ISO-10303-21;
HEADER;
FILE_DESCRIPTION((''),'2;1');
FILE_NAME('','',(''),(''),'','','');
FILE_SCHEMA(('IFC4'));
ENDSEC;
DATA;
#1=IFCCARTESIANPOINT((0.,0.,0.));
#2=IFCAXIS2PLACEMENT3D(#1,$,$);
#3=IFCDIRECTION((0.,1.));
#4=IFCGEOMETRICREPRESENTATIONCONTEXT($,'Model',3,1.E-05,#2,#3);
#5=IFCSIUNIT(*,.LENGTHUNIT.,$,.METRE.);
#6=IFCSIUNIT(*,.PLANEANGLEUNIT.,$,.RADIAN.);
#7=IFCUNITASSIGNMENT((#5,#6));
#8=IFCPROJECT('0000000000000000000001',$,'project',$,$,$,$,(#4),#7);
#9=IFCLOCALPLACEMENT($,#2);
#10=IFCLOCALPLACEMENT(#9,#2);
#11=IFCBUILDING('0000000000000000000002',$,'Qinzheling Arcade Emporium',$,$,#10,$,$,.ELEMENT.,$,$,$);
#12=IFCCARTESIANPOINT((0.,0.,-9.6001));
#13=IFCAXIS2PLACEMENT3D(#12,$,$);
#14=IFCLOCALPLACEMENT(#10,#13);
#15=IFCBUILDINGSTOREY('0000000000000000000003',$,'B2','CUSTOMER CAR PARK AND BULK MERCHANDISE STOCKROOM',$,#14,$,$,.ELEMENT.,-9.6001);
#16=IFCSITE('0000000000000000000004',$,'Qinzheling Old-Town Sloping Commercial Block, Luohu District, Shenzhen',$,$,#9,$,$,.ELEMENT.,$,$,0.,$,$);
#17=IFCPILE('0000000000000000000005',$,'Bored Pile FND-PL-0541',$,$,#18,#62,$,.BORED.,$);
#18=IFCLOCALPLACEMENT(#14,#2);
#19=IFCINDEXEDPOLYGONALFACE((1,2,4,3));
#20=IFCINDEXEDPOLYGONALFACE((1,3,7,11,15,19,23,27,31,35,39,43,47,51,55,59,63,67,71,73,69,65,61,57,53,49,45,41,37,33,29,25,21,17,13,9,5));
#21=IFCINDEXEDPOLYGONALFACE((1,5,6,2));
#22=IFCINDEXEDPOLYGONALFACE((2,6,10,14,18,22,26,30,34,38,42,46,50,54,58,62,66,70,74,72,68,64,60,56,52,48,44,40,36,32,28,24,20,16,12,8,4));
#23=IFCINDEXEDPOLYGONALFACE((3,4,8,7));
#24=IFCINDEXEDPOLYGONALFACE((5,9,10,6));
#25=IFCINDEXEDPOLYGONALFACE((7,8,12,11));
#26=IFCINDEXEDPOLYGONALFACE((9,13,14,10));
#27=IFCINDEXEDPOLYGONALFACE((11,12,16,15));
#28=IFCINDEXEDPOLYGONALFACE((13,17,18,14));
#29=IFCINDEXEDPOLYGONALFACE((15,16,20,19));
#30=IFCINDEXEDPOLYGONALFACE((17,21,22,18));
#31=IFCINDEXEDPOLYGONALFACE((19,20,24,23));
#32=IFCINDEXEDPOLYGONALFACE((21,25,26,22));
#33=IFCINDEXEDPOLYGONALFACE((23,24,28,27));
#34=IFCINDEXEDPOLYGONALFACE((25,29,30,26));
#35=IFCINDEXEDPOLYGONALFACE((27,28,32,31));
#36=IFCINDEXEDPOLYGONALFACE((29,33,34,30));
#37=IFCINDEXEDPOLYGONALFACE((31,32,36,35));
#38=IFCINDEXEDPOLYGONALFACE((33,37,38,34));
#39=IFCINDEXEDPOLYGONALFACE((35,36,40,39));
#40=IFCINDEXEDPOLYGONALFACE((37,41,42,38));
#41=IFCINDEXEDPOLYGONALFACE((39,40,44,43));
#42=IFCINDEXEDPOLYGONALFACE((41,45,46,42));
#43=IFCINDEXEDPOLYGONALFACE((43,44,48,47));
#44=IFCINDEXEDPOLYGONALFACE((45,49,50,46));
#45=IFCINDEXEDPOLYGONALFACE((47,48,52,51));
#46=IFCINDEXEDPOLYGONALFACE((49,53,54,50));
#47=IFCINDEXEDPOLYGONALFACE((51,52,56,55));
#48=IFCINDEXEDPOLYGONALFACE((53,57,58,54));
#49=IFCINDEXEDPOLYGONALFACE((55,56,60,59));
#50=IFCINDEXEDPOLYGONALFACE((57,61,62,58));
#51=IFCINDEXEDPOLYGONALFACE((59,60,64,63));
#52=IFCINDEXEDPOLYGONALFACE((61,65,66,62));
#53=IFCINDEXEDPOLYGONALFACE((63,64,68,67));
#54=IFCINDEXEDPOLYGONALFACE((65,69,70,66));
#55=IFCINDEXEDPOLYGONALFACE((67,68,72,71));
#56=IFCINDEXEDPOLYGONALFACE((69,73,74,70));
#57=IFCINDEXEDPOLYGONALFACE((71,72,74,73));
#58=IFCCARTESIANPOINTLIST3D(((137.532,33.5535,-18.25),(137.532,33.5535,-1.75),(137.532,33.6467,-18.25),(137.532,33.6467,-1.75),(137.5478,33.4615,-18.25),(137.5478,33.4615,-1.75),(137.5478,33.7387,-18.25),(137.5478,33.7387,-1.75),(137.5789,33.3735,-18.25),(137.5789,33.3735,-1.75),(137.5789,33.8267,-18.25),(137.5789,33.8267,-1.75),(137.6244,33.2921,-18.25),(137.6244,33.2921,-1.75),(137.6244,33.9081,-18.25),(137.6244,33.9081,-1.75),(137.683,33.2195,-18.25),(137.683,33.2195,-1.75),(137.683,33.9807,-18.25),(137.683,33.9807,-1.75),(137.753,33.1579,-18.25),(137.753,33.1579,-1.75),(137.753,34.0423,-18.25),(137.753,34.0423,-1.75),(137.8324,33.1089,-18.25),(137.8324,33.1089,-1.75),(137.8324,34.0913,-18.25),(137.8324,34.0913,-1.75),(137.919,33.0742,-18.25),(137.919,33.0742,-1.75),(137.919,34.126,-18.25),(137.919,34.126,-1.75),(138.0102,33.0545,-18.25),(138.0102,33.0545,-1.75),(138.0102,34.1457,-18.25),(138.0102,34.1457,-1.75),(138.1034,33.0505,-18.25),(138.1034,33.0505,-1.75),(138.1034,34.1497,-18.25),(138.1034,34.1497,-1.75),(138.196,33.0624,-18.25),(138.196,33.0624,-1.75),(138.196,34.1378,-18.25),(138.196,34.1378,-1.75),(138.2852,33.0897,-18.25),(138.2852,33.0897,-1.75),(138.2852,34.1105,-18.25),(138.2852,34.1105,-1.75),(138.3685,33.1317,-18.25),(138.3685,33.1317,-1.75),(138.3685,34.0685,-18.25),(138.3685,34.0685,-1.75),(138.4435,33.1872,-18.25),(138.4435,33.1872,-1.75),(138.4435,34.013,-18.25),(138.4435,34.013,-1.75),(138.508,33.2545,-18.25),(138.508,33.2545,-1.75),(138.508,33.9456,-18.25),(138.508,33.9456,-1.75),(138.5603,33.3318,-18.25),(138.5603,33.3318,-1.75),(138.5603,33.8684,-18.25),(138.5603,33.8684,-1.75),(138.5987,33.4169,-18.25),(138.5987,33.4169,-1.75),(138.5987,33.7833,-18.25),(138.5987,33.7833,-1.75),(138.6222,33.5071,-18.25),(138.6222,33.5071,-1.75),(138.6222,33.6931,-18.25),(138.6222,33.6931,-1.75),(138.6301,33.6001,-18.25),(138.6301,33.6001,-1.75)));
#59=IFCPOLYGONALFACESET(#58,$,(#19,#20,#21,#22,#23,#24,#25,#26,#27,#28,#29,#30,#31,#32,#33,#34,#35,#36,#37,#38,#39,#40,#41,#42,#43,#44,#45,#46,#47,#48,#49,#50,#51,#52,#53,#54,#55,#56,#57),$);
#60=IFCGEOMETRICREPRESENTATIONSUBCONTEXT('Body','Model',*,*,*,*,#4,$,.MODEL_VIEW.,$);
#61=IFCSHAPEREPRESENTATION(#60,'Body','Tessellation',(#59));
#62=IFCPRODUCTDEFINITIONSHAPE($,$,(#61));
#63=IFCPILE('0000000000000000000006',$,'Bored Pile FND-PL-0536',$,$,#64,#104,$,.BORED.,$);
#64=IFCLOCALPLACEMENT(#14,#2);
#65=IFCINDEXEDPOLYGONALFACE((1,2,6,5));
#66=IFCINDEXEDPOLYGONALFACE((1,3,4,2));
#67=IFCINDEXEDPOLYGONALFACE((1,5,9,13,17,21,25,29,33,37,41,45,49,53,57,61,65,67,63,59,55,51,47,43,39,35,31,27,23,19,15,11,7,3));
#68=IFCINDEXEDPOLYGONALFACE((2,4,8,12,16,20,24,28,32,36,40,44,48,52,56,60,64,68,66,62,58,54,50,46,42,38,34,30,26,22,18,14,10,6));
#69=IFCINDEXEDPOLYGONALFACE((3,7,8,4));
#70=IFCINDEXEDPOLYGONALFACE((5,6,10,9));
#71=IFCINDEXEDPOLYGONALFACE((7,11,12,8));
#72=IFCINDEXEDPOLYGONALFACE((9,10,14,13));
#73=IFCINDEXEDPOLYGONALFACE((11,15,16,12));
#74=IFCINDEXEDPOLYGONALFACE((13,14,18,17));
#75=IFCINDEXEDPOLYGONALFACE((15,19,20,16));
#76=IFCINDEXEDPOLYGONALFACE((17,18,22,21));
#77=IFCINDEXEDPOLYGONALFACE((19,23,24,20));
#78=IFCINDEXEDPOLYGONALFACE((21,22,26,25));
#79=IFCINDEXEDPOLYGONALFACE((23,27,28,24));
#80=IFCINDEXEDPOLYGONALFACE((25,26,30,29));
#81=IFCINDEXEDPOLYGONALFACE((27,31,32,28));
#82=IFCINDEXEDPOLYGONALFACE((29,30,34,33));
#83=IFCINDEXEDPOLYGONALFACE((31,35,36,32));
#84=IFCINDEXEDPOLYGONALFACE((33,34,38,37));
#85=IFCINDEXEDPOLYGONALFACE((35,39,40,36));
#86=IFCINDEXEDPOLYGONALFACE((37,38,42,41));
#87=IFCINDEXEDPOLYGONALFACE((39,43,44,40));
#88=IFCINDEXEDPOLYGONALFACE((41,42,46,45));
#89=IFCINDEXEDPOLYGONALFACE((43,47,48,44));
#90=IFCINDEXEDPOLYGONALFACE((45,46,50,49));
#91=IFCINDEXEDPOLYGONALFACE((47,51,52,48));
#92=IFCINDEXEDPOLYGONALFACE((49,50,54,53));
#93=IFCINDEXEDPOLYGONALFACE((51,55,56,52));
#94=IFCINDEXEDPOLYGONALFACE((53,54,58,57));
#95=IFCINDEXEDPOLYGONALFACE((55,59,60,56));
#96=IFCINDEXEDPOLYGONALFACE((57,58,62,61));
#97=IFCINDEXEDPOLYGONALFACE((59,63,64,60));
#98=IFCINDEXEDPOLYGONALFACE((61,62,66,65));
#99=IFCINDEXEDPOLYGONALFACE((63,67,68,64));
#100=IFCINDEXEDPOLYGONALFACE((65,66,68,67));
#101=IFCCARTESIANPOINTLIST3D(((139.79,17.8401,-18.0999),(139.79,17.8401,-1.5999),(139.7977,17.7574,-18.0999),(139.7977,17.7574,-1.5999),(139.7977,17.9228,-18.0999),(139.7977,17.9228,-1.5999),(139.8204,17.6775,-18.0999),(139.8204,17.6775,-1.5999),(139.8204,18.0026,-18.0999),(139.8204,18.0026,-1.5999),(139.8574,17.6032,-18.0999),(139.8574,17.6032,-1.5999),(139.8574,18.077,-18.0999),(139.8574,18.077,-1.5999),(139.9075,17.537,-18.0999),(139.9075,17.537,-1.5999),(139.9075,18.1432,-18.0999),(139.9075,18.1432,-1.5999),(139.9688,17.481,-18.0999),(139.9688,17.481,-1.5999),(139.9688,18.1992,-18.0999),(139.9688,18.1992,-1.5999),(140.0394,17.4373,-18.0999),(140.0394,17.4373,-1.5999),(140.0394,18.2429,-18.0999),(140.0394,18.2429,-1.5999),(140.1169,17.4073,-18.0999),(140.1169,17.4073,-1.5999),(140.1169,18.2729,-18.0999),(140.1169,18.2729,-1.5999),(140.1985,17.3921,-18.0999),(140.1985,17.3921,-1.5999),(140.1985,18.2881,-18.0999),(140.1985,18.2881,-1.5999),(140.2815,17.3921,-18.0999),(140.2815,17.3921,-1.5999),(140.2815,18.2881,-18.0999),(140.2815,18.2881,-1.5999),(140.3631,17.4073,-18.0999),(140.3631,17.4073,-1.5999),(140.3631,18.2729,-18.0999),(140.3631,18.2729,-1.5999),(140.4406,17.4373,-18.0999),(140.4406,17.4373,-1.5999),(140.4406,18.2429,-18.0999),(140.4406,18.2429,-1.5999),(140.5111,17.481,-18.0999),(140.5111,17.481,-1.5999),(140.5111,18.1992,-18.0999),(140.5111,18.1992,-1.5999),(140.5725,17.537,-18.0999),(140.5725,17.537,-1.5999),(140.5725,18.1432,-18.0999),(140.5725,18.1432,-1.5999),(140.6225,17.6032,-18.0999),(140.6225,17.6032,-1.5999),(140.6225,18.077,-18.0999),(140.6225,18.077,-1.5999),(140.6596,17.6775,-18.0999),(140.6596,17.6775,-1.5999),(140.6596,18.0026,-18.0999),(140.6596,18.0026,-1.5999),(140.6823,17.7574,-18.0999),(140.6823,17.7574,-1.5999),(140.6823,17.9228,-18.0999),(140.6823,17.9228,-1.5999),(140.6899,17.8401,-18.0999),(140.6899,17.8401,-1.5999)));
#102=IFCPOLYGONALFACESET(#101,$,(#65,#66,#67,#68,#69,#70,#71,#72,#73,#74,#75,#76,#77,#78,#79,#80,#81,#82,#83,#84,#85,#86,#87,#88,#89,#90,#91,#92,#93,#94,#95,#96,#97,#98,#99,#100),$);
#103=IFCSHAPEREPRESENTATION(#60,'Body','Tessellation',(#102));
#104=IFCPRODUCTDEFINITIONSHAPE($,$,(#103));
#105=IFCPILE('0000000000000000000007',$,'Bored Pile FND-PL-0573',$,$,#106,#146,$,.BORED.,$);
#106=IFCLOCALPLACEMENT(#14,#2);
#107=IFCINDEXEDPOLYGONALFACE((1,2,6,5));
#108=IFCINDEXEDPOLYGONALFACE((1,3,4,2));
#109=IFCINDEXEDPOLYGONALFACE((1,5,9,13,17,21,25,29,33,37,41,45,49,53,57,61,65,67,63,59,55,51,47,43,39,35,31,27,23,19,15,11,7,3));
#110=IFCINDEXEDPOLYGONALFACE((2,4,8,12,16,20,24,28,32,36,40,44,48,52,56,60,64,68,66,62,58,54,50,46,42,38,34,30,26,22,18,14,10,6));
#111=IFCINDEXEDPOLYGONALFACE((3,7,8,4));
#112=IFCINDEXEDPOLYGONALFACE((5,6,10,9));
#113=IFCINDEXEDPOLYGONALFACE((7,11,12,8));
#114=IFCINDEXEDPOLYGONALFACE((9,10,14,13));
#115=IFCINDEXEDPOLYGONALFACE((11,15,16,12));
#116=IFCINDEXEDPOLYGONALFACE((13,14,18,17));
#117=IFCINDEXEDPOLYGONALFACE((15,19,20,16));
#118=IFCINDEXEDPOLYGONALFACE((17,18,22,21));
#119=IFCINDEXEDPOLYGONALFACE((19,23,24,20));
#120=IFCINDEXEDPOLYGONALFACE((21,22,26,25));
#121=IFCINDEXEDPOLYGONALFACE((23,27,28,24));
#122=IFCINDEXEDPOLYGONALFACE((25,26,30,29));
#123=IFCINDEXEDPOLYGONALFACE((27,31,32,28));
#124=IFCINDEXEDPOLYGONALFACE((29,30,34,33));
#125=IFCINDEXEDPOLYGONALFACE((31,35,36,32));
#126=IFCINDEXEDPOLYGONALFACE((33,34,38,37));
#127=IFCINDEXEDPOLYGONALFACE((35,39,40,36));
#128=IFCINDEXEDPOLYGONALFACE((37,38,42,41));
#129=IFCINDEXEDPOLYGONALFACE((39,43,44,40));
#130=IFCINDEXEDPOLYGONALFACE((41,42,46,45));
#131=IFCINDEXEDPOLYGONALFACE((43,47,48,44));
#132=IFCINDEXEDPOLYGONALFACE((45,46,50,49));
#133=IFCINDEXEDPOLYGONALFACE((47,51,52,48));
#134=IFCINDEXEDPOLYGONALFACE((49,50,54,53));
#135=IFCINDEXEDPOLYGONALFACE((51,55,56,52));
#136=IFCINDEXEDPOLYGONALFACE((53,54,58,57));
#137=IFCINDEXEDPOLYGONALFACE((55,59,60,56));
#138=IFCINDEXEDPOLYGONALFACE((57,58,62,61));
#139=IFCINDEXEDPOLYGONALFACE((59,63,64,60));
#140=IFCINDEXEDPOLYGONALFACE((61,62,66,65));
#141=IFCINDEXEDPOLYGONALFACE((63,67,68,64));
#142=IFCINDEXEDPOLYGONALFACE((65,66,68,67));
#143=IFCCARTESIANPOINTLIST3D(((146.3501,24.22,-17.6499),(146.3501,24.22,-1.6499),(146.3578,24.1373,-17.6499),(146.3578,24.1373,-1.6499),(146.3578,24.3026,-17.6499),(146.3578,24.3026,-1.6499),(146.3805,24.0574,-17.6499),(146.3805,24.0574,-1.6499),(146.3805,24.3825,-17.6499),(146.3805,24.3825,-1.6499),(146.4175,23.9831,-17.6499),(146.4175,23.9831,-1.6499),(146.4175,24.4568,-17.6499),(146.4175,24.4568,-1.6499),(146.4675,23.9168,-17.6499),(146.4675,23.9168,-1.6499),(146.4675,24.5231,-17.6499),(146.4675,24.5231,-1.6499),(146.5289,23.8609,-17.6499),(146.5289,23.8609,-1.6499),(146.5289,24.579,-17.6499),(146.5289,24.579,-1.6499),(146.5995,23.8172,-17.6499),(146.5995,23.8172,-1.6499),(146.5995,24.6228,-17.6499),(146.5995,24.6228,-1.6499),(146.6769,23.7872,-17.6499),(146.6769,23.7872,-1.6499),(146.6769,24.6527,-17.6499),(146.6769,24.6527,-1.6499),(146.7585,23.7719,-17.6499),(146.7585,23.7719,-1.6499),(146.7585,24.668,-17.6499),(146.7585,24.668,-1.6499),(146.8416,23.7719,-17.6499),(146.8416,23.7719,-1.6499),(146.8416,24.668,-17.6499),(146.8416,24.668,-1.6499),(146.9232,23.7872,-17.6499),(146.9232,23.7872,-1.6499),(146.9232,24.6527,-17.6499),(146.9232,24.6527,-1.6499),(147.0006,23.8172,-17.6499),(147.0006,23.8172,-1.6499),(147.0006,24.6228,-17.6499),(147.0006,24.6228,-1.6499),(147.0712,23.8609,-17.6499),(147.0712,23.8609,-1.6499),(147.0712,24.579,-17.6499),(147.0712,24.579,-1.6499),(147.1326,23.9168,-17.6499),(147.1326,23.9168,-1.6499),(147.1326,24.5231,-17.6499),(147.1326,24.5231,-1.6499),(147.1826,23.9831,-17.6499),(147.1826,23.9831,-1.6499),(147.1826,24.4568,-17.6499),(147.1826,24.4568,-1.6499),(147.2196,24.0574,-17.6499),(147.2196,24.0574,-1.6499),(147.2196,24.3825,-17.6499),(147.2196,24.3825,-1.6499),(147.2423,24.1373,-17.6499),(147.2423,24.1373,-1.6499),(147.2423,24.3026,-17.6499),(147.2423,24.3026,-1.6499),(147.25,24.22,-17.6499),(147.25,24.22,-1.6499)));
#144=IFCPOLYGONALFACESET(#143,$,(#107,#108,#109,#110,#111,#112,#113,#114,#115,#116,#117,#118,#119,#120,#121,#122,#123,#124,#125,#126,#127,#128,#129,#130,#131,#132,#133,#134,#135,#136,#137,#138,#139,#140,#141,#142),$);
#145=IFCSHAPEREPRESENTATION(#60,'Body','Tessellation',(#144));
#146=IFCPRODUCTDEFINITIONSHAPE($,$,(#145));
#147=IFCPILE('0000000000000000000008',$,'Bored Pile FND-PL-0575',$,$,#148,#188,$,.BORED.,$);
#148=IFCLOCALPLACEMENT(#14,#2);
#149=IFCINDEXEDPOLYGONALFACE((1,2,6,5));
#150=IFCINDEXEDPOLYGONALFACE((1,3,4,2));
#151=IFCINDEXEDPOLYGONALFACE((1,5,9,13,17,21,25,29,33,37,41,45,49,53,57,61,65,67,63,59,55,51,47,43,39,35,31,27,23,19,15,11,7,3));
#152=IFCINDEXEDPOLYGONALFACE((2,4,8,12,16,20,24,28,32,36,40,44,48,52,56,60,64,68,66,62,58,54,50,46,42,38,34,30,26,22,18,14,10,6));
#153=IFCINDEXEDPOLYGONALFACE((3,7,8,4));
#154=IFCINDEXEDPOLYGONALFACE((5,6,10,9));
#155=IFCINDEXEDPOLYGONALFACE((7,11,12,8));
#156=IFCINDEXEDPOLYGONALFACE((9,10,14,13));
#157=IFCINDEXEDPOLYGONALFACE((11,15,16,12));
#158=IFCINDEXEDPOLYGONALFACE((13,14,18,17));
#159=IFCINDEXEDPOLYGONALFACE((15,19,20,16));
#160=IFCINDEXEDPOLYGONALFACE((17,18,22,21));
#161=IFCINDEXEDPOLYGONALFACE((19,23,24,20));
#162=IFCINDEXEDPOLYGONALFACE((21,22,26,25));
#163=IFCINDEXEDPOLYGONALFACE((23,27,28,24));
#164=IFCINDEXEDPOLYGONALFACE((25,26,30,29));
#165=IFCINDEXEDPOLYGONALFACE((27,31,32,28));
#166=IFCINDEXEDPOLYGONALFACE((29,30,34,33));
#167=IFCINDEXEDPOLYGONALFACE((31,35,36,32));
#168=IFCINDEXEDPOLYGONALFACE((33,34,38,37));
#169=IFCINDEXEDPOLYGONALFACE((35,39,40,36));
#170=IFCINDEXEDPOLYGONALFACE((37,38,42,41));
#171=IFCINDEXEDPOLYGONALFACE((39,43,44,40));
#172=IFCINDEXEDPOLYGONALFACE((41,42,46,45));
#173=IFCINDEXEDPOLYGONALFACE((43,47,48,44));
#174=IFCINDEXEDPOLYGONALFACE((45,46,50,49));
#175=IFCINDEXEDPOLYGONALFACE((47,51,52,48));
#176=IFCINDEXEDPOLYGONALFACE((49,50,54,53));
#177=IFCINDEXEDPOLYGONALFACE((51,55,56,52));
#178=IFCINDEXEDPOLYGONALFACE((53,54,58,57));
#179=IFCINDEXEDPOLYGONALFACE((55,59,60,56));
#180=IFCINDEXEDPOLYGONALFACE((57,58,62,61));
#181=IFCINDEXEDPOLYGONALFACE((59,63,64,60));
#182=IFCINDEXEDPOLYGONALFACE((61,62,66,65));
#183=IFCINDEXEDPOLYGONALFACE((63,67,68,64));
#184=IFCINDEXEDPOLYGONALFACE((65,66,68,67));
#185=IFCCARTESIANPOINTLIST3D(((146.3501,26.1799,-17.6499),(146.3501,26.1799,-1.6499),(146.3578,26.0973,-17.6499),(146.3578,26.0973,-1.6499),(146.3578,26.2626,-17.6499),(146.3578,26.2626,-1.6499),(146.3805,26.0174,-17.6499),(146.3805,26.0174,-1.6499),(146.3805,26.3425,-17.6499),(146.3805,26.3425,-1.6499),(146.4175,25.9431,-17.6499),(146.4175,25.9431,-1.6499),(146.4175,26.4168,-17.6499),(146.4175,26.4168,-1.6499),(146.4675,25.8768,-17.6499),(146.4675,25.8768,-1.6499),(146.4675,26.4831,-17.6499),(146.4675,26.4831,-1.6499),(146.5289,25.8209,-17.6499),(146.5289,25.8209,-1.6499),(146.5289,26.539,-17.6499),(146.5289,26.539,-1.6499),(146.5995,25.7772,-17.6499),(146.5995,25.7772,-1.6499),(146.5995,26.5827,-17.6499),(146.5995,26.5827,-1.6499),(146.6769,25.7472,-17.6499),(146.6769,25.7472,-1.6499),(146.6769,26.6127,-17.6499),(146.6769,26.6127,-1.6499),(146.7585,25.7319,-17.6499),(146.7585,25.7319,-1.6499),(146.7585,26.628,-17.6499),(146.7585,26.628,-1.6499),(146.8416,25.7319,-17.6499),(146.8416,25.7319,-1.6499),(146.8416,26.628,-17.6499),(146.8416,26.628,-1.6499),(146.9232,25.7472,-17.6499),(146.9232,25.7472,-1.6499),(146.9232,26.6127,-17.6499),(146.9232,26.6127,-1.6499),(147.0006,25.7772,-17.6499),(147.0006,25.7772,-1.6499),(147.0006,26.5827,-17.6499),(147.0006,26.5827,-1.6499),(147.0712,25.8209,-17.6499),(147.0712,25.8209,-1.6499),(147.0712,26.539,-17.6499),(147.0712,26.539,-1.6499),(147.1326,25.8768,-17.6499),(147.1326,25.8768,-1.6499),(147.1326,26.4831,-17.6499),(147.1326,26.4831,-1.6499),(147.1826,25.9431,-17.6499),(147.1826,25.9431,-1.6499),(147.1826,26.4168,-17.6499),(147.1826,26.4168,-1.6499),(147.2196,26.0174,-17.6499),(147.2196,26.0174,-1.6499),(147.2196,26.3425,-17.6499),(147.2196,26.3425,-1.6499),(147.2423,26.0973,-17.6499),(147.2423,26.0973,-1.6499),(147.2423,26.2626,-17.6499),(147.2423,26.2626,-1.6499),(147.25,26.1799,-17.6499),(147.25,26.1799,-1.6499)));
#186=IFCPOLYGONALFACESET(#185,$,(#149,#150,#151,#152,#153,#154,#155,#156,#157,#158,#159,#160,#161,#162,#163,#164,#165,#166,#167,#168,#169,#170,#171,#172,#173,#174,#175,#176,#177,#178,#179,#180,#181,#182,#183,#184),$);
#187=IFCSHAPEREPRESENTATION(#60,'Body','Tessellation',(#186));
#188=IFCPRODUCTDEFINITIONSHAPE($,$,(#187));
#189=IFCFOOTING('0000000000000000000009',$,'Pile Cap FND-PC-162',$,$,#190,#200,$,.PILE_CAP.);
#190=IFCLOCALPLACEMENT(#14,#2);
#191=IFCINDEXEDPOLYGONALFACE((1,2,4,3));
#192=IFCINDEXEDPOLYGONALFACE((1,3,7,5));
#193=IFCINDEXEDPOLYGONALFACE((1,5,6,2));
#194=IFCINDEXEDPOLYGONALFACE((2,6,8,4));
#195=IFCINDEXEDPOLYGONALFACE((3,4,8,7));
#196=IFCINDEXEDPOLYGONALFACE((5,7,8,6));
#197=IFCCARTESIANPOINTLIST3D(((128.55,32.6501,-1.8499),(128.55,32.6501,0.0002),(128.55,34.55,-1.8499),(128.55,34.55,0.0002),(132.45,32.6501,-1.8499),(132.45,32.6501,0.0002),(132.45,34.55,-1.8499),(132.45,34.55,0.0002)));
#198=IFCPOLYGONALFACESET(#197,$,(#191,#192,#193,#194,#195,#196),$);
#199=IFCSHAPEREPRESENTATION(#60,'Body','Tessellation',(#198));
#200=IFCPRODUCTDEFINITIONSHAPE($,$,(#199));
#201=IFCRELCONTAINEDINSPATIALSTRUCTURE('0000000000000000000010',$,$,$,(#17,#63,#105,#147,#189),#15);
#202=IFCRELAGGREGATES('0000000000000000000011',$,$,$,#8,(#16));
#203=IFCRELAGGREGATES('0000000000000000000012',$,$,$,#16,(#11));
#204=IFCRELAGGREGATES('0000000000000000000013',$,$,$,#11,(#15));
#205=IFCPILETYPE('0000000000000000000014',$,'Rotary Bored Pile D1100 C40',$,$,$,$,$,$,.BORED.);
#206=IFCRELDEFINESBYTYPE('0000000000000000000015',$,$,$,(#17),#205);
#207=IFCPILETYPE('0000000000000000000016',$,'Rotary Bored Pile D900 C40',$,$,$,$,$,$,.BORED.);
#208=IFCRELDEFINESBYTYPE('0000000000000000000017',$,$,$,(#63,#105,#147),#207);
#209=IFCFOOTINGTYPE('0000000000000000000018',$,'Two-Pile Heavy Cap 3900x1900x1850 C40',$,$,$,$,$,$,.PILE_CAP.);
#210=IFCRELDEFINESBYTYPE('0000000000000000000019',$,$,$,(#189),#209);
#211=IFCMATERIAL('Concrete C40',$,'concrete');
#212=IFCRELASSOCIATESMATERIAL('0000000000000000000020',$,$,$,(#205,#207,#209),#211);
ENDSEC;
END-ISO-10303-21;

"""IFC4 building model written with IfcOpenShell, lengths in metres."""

from ifc_helpers import new_model, si_unit, direction, frame, origin, origin_2d, place, context, subcontext, project, spatial, rectangle, circle, extrude, material, material_profile, profile_set, type_object, element, save


model = new_model("IFC4")

# Units and contexts
model_context = context("Model", 3, precision=1e-05, world=origin(), true_north=direction((0.0, 1.0)))
body_context = subcontext(model_context, "Body", "Model", "MODEL_VIEW")
ifc_project = project(units=[si_unit("LENGTHUNIT", "METRE"), si_unit("PLANEANGLEUNIT", "RADIAN")], contexts=[model_context])

# Site, building, storey
site_placement = place(None, origin())
site = spatial("IfcSite", under=ifc_project, at=site_placement, Name="Qinzheling Old-Town Sloping Commercial Block, Luohu District, Shenzhen", CompositionType="ELEMENT", RefElevation=0.0)
building_placement = place(site_placement, origin())
building = spatial("IfcBuilding", under=site, at=building_placement, Name="Qinzheling Arcade Emporium", CompositionType="ELEMENT")
storey_placement = place(building_placement, frame((0.0, 0.0, -9.6001)))
storey = spatial("IfcBuildingStorey", under=building, at=storey_placement, Name="B2", Description="CUSTOMER CAR PARK AND BULK MERCHANDISE STOCKROOM", CompositionType="ELEMENT", Elevation=-9.6001)

# Shared definitions
ifc_material_1 = material(Name="Concrete C40", Category="concrete")

# Piles
ifc_material_profile_1 = material_profile(ifc_material_1, circle(Radius=0.55, at=origin_2d()), Name="BORED D1100", Category="concrete")
ifc_profile_set_1 = profile_set([ifc_material_profile_1], Name="Concrete C40")
pile_type_1 = type_object("IfcPileType", Name="Rotary Bored Pile D1100 C40", PredefinedType="BORED", material=ifc_profile_set_1)
pile_1_placement = place(storey_placement, frame((138.0801, 33.6001, -1.75), z_axis=(0.0, 0.0, -1.0), x_axis=(1.0, 0.0, 0.0)))
element("IfcPile", 1, at=pile_1_placement, inside=storey, type_object=pile_type_1, Name="Bored Pile FND-PL-0541", PredefinedType="BORED", context=body_context, shape_type="SweptSolid", body=[
    extrude(circle(Radius=0.55, at=origin_2d()), origin(), (0.0, 0.0, 1.0), 16.5),
])
ifc_material_profile_2 = material_profile(ifc_material_1, circle(Radius=0.45, at=origin_2d()), Name="BORED D900", Category="concrete")
ifc_profile_set_2 = profile_set([ifc_material_profile_2], Name="Concrete C40")
pile_type_2 = type_object("IfcPileType", Name="Rotary Bored Pile D900 C40", PredefinedType="BORED", material=ifc_profile_set_2)
pile_2_placement = place(storey_placement, frame((140.24, 17.8401, -1.5999), z_axis=(0.0, 0.0, -1.0), x_axis=(1.0, 0.0, 0.0)))
element("IfcPile", 2, at=pile_2_placement, inside=storey, type_object=pile_type_2, Name="Bored Pile FND-PL-0536", PredefinedType="BORED", context=body_context, shape_type="SweptSolid", body=[
    extrude(circle(Radius=0.45, at=origin_2d()), origin(), (0.0, 0.0, 1.0), 16.5),
])
for number, where, z_axis, x_axis, name in (
    (3, (146.8, 24.22, -1.6499), (0.0, 0.0, -1.0), (1.0, 0.0, 0.0), "Bored Pile FND-PL-0573"),
    (4, (146.8, 26.1799, -1.6499), (0.0, 0.0, -1.0), (1.0, 0.0, 0.0), "Bored Pile FND-PL-0575"),
):
    element("IfcPile", number, at=place(storey_placement, frame(where, z_axis=z_axis, x_axis=x_axis)), inside=storey, type_object=pile_type_2, Name=name, PredefinedType="BORED", context=body_context, shape_type="SweptSolid", body=[
        extrude(circle(Radius=0.45, at=origin_2d()), origin(), (0.0, 0.0, 1.0), 16.0),
    ])

# Footing
footing_type_1 = type_object("IfcFootingType", Name="Two-Pile Heavy Cap 3900x1900x1850 C40", PredefinedType="PILE_CAP", material=ifc_material_1)
footing_1_placement = place(storey_placement, frame((130.5, 33.6001, -1.8499), z_axis=(0.0, 0.0, 1.0), x_axis=(1.0, 0.0, 0.0)))
element("IfcFooting", 5, at=footing_1_placement, inside=storey, type_object=footing_type_1, Name="Pile Cap FND-PC-162", PredefinedType="PILE_CAP", context=body_context, shape_type="SweptSolid", body=[
    extrude(rectangle(XDim=3.8999, YDim=1.8999, at=origin_2d()), origin(), (0.0, 0.0, 1.0), 1.8501),
])

save(model, "model.ifc")
